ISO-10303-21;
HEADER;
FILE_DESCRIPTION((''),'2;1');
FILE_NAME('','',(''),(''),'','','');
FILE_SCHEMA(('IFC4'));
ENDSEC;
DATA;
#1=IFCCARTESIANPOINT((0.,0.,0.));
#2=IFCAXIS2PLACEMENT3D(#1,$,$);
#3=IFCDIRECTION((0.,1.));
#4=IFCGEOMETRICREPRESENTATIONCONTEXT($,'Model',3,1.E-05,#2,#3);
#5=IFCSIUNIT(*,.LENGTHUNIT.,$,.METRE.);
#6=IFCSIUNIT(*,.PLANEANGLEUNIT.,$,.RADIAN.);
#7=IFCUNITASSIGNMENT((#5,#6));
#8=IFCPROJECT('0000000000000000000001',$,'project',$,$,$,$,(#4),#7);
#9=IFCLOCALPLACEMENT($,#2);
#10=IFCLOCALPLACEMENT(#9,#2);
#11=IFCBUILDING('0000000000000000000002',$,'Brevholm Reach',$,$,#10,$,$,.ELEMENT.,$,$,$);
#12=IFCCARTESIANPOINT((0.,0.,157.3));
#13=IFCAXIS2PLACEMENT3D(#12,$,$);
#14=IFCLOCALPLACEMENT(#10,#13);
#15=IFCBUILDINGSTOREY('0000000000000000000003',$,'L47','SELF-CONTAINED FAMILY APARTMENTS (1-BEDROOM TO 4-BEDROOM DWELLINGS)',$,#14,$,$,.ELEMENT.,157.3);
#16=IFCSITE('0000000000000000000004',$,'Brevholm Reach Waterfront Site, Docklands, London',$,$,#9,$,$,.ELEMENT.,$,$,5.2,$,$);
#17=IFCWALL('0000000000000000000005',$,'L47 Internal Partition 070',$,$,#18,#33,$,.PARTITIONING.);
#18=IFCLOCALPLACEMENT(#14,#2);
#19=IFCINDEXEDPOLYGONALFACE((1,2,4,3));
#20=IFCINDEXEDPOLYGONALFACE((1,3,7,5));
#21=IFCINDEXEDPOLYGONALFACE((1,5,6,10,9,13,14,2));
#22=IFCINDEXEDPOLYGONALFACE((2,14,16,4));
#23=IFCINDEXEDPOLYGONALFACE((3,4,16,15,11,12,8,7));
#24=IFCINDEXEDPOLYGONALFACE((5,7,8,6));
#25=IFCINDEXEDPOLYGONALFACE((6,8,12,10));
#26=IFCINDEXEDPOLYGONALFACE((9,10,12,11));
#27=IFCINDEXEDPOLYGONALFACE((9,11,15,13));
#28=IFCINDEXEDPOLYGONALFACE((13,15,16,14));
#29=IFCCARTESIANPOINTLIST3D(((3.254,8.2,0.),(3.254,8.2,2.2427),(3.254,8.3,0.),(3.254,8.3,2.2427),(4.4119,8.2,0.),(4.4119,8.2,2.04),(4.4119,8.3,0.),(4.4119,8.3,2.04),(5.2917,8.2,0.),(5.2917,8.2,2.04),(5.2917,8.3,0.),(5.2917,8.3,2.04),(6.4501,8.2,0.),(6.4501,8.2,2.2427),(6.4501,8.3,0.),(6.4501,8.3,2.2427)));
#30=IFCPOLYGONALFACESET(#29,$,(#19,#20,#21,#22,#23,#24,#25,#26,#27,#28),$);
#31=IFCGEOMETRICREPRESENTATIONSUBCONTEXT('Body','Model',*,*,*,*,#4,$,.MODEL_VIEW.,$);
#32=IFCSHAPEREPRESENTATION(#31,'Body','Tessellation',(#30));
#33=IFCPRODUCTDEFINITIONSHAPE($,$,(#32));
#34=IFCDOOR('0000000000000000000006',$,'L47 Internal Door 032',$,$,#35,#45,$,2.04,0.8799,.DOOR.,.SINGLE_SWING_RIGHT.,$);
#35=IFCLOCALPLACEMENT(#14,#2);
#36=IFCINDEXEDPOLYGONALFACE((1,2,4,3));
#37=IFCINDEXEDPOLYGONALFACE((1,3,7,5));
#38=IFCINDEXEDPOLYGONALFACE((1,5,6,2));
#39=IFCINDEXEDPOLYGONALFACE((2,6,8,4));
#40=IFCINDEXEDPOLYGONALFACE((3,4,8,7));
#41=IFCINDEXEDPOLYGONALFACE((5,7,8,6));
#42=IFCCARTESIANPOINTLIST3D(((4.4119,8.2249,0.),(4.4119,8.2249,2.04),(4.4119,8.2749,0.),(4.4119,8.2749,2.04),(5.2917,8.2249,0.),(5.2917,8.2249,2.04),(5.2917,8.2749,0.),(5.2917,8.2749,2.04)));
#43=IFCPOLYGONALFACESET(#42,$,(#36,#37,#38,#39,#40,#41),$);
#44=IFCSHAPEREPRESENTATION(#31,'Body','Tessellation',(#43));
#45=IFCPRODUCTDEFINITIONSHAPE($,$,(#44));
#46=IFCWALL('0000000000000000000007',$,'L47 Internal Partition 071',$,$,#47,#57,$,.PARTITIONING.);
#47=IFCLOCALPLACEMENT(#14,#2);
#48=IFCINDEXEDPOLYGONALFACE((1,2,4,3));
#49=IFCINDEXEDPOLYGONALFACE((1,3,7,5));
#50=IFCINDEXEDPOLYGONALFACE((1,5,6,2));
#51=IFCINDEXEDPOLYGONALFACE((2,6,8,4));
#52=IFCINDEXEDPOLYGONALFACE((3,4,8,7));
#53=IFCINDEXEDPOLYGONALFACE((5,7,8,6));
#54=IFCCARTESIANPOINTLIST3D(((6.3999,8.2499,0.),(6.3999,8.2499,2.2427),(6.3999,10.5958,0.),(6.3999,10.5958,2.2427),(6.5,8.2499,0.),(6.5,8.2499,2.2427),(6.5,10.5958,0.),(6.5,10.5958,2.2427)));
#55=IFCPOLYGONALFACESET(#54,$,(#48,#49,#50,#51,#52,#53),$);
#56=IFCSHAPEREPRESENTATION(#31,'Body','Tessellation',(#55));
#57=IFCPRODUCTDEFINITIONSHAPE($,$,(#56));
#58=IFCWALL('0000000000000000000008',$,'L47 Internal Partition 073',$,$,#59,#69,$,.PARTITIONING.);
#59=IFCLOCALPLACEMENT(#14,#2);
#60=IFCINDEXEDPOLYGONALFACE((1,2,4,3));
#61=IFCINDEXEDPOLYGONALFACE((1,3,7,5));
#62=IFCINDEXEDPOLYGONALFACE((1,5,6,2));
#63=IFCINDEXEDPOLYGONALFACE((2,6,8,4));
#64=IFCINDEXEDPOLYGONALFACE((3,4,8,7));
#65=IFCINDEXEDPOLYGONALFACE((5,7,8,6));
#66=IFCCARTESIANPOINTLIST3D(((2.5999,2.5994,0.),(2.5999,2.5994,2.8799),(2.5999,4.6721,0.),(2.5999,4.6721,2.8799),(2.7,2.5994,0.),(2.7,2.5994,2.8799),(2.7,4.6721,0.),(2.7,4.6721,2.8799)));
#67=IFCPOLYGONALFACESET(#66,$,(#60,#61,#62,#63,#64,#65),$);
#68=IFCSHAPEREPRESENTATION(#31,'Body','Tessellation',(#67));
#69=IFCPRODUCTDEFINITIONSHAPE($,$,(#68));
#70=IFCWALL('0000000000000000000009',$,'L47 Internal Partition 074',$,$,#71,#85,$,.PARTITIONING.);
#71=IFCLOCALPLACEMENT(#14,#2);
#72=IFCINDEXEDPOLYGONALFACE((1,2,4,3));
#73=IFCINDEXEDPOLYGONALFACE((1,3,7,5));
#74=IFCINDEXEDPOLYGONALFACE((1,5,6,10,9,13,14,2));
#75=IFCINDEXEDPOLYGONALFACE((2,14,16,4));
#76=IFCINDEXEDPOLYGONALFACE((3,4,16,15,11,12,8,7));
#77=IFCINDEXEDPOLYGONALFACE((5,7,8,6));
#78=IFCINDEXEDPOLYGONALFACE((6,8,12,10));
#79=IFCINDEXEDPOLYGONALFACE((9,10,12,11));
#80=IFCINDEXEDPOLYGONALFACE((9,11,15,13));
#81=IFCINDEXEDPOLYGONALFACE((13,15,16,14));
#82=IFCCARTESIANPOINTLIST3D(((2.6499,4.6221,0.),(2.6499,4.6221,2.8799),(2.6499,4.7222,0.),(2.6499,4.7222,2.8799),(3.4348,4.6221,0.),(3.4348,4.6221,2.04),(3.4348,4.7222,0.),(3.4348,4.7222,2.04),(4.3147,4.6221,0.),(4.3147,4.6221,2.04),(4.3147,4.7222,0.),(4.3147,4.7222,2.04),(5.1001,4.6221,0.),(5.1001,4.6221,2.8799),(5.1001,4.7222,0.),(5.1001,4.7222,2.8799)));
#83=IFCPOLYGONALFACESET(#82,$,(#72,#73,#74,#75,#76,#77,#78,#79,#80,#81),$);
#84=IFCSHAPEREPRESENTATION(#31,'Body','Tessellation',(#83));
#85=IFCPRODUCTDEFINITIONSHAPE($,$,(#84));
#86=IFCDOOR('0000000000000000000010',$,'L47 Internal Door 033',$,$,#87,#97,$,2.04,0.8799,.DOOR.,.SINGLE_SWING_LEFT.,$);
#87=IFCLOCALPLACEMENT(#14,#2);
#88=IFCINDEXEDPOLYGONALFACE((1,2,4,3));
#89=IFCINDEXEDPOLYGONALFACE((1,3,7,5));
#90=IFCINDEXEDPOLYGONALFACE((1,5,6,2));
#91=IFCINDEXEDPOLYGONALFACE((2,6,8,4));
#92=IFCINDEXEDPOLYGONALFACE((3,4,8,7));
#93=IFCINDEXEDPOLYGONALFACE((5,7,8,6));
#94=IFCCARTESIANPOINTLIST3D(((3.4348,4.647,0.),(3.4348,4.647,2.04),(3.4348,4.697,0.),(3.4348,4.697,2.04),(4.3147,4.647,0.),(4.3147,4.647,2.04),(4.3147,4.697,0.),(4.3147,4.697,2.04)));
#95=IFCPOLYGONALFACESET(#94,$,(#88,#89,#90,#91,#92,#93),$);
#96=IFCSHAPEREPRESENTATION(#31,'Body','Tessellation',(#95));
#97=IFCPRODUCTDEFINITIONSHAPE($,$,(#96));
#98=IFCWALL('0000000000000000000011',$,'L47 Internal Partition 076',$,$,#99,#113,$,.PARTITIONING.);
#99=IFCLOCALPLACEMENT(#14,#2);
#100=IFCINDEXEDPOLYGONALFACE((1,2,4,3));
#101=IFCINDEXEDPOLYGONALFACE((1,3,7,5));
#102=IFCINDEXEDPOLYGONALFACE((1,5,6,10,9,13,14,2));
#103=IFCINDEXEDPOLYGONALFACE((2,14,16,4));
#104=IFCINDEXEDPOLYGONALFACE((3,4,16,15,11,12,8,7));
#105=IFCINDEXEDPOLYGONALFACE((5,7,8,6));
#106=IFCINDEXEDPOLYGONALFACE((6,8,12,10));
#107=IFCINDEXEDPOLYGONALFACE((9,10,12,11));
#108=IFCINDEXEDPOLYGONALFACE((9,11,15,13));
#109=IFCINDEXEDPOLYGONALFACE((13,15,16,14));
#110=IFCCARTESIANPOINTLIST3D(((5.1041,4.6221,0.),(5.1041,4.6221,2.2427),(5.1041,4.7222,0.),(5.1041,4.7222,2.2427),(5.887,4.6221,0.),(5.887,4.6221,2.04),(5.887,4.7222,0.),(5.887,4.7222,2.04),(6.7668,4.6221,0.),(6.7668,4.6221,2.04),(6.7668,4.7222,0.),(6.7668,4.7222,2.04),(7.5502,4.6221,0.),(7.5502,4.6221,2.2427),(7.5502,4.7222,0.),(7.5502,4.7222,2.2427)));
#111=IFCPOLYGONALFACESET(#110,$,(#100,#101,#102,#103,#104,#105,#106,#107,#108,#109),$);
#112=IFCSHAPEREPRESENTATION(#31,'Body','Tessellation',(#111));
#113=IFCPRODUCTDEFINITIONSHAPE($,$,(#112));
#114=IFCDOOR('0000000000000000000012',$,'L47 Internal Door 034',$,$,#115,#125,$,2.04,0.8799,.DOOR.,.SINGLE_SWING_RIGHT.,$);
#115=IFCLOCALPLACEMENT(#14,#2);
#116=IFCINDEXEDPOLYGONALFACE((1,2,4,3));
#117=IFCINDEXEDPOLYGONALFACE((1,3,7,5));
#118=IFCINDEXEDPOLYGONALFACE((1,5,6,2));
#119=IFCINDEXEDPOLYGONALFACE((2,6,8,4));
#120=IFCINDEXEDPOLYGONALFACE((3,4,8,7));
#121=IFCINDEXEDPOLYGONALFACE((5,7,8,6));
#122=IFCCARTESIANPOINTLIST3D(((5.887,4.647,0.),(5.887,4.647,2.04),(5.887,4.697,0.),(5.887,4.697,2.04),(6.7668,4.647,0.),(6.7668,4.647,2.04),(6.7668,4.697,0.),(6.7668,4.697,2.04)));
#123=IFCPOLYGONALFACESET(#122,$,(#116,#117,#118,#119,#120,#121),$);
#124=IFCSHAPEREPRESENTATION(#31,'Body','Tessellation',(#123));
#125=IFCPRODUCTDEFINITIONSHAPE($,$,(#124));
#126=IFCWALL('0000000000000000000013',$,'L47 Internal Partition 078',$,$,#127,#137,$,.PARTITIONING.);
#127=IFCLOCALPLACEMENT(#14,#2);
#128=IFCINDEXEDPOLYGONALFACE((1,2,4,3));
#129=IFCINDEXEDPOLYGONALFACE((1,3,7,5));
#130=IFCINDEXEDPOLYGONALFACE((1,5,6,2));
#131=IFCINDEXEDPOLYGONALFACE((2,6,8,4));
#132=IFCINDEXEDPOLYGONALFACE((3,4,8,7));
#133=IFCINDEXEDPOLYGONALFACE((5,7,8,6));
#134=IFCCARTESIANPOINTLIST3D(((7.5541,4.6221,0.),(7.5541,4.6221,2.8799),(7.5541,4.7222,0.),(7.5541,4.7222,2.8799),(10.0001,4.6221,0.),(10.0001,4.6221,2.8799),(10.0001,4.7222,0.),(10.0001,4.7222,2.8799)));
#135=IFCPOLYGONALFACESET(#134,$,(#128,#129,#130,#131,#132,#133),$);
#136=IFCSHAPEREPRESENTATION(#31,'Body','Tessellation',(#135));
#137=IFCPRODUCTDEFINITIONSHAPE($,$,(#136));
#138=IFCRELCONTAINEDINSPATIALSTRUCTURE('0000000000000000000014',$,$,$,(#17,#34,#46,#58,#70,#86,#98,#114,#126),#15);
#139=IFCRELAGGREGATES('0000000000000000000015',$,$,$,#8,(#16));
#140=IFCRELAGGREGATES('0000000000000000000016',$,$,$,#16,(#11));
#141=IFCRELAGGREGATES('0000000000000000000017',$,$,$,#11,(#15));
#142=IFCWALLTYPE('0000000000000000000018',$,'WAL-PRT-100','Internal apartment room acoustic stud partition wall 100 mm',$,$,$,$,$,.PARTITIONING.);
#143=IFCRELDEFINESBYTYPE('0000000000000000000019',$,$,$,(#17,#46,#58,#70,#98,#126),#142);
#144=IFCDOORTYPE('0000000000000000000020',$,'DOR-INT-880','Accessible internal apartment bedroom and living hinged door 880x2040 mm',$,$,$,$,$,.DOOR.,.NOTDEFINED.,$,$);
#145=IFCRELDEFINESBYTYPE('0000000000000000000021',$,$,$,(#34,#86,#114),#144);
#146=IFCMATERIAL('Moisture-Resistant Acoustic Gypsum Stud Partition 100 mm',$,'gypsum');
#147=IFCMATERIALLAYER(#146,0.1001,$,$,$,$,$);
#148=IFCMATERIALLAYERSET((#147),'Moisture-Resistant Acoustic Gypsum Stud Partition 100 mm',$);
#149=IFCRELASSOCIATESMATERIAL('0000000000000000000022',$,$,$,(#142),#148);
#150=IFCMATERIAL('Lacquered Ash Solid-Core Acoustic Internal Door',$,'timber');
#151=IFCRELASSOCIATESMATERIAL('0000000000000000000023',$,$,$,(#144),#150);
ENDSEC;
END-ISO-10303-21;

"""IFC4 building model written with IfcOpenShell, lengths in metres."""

from ifc_helpers import new_model, si_unit, direction, frame, frame_2d, origin, place, context, subcontext, project, spatial, rectangle, extrude, material, layer, layer_set, type_object, element, fill, save


model = new_model("IFC4")

# Units and contexts
model_context = context("Model", 3, precision=1e-05, world=origin(), true_north=direction((0.0, 1.0)))
body_context = subcontext(model_context, "Body", "Model", "MODEL_VIEW")
ifc_project = project(units=[si_unit("LENGTHUNIT", "METRE"), si_unit("PLANEANGLEUNIT", "RADIAN")], contexts=[model_context])

# Site, building, storey
site_placement = place(None, origin())
site = spatial("IfcSite", under=ifc_project, at=site_placement, Name="Brevholm Reach Waterfront Site, Docklands, London", CompositionType="ELEMENT", RefElevation=5.2)
building_placement = place(site_placement, origin())
building = spatial("IfcBuilding", under=site, at=building_placement, Name="Brevholm Reach", CompositionType="ELEMENT")
storey_placement = place(building_placement, frame((0.0, 0.0, 157.3)))
storey = spatial("IfcBuildingStorey", under=building, at=storey_placement, Name="L47", Description="SELF-CONTAINED FAMILY APARTMENTS (1-BEDROOM TO 4-BEDROOM DWELLINGS)", CompositionType="ELEMENT", Elevation=157.3)

# Shared definitions
ifc_material_1 = material(Name="Moisture-Resistant Acoustic Gypsum Stud Partition 100 mm", Category="gypsum")
ifc_layer_1 = layer(ifc_material_1, 0.1001)
ifc_layer_set_1 = layer_set([ifc_layer_1], Name="Moisture-Resistant Acoustic Gypsum Stud Partition 100 mm")
wall_type_1 = type_object("IfcWallType", Name="WAL-PRT-100", Description="Internal apartment room acoustic stud partition wall 100 mm", PredefinedType="PARTITIONING", material=ifc_layer_set_1)

# Wall, opening, door
wall_1_placement = place(storey_placement, frame((3.2539, 8.25, 0.0), z_axis=(0.0, 0.0, 1.0), x_axis=(1.0, 0.0, 0.0)))
wall_1 = element("IfcWall", 1, at=wall_1_placement, inside=storey, type_object=wall_type_1, Name="L47 Internal Partition 070", PredefinedType="PARTITIONING", context=body_context, shape_type="SweptSolid", body=[
    extrude(rectangle(XDim=3.196, YDim=0.1001, at=frame_2d((1.5981, 0.0))), origin(), (0.0, 0.0, 1.0), 2.2427),
])
opening_1_placement = place(wall_1_placement, frame((1.158, 0.0, 0.0)))
opening_1 = element("IfcOpeningElement", 2, at=opening_1_placement, cuts=wall_1, PredefinedType="OPENING", context=body_context, shape_type="SweptSolid", body=[
    extrude(rectangle(XDim=0.8799, YDim=2.04, at=frame_2d((0.4399, 1.02))), frame((0.0, 0.0601, 0.0), z_axis=(0.0, -1.0, 0.0), x_axis=(1.0, 0.0, 0.0)), (0.0, 0.0, 1.0), 0.1201),
])
ifc_material_2 = material(Name="Lacquered Ash Solid-Core Acoustic Internal Door", Category="timber")
door_type_1 = type_object("IfcDoorType", Name="DOR-INT-880", Description="Accessible internal apartment bedroom and living hinged door 880x2040 mm", OperationType="NOTDEFINED", PredefinedType="DOOR", material=ifc_material_2)
door_1_placement = place(opening_1_placement, origin())
door_1 = element("IfcDoor", 3, at=door_1_placement, inside=storey, type_object=door_type_1, Name="L47 Internal Door 032", OperationType="SINGLE_SWING_RIGHT", OverallHeight=2.04, OverallWidth=0.8799, PredefinedType="DOOR", context=body_context, shape_type="SweptSolid", body=[
    extrude(rectangle(XDim=0.8799, YDim=2.04, at=frame_2d((0.4399, 1.02))), frame((0.0, 0.0249, 0.0), z_axis=(0.0, -1.0, 0.0), x_axis=(1.0, 0.0, 0.0)), (0.0, 0.0, 1.0), 0.05),
])
fill(opening_1, door_1)

# Walls
wall_2_placement = place(storey_placement, frame((6.45, 8.25, 0.0), z_axis=(0.0, 0.0, 1.0), x_axis=(0.0, 1.0, 0.0)))
element("IfcWall", 4, at=wall_2_placement, inside=storey, type_object=wall_type_1, Name="L47 Internal Partition 071", PredefinedType="PARTITIONING", context=body_context, shape_type="SweptSolid", body=[
    extrude(rectangle(XDim=2.3459, YDim=0.1001, at=frame_2d((1.1729, 0.0))), origin(), (0.0, 0.0, 1.0), 2.2427),
])
wall_3_placement = place(storey_placement, frame((2.6499, 2.5994, 0.0), z_axis=(0.0, 0.0, 1.0), x_axis=(0.0, 1.0, 0.0)))
element("IfcWall", 5, at=wall_3_placement, inside=storey, type_object=wall_type_1, Name="L47 Internal Partition 073", PredefinedType="PARTITIONING", context=body_context, shape_type="SweptSolid", body=[
    extrude(rectangle(XDim=2.0728, YDim=0.1001, at=frame_2d((1.0364, 0.0))), origin(), (0.0, 0.0, 1.0), 2.8799),
])

# Walls, openings, doors
wall_4_placement = place(storey_placement, frame((2.6499, 4.6721, 0.0), z_axis=(0.0, 0.0, 1.0), x_axis=(1.0, 0.0, 0.0)))
wall_4 = element("IfcWall", 6, at=wall_4_placement, inside=storey, type_object=wall_type_1, Name="L47 Internal Partition 074", PredefinedType="PARTITIONING", context=body_context, shape_type="SweptSolid", body=[
    extrude(rectangle(XDim=2.4502, YDim=0.1001, at=frame_2d((1.2251, 0.0))), origin(), (0.0, 0.0, 1.0), 2.8799),
])
opening_2_placement = place(wall_4_placement, frame((0.7849, 0.0, 0.0)))
opening_2 = element("IfcOpeningElement", 7, at=opening_2_placement, cuts=wall_4, PredefinedType="OPENING", context=body_context, shape_type="SweptSolid", body=[
    extrude(rectangle(XDim=0.8799, YDim=2.04, at=frame_2d((0.4399, 1.02))), frame((0.0, 0.0601, 0.0), z_axis=(0.0, -1.0, 0.0), x_axis=(1.0, 0.0, 0.0)), (0.0, 0.0, 1.0), 0.1201),
])
door_2_placement = place(opening_2_placement, origin())
door_2 = element("IfcDoor", 8, at=door_2_placement, inside=storey, type_object=door_type_1, Name="L47 Internal Door 033", OperationType="SINGLE_SWING_LEFT", OverallHeight=2.04, OverallWidth=0.8799, PredefinedType="DOOR", context=body_context, shape_type="SweptSolid", body=[
    extrude(rectangle(XDim=0.8799, YDim=2.04, at=frame_2d((0.4399, 1.02))), frame((0.0, 0.0249, 0.0), z_axis=(0.0, -1.0, 0.0), x_axis=(1.0, 0.0, 0.0)), (0.0, 0.0, 1.0), 0.05),
])
fill(opening_2, door_2)
wall_5_placement = place(storey_placement, frame((5.104, 4.6721, 0.0), z_axis=(0.0, 0.0, 1.0), x_axis=(1.0, 0.0, 0.0)))
wall_5 = element("IfcWall", 9, at=wall_5_placement, inside=storey, type_object=wall_type_1, Name="L47 Internal Partition 076", PredefinedType="PARTITIONING", context=body_context, shape_type="SweptSolid", body=[
    extrude(rectangle(XDim=2.446, YDim=0.1001, at=frame_2d((1.2231, 0.0))), origin(), (0.0, 0.0, 1.0), 2.2427),
])
opening_3_placement = place(wall_5_placement, frame((0.783, 0.0, 0.0)))
opening_3 = element("IfcOpeningElement", 10, at=opening_3_placement, cuts=wall_5, PredefinedType="OPENING", context=body_context, shape_type="SweptSolid", body=[
    extrude(rectangle(XDim=0.8799, YDim=2.04, at=frame_2d((0.4399, 1.02))), frame((0.0, 0.0601, 0.0), z_axis=(0.0, -1.0, 0.0), x_axis=(1.0, 0.0, 0.0)), (0.0, 0.0, 1.0), 0.1201),
])
door_3_placement = place(opening_3_placement, origin())
door_3 = element("IfcDoor", 11, at=door_3_placement, inside=storey, type_object=door_type_1, Name="L47 Internal Door 034", OperationType="SINGLE_SWING_RIGHT", OverallHeight=2.04, OverallWidth=0.8799, PredefinedType="DOOR", context=body_context, shape_type="SweptSolid", body=[
    extrude(rectangle(XDim=0.8799, YDim=2.04, at=frame_2d((0.4399, 1.02))), frame((0.0, 0.0249, 0.0), z_axis=(0.0, -1.0, 0.0), x_axis=(1.0, 0.0, 0.0)), (0.0, 0.0, 1.0), 0.05),
])
fill(opening_3, door_3)

# Wall
wall_6_placement = place(storey_placement, frame((7.554, 4.6721, 0.0), z_axis=(0.0, 0.0, 1.0), x_axis=(1.0, 0.0, 0.0)))
element("IfcWall", 12, at=wall_6_placement, inside=storey, type_object=wall_type_1, Name="L47 Internal Partition 078", PredefinedType="PARTITIONING", context=body_context, shape_type="SweptSolid", body=[
    extrude(rectangle(XDim=2.446, YDim=0.1001, at=frame_2d((1.2231, 0.0))), origin(), (0.0, 0.0, 1.0), 2.8799),
])

save(model, "model.ifc")
